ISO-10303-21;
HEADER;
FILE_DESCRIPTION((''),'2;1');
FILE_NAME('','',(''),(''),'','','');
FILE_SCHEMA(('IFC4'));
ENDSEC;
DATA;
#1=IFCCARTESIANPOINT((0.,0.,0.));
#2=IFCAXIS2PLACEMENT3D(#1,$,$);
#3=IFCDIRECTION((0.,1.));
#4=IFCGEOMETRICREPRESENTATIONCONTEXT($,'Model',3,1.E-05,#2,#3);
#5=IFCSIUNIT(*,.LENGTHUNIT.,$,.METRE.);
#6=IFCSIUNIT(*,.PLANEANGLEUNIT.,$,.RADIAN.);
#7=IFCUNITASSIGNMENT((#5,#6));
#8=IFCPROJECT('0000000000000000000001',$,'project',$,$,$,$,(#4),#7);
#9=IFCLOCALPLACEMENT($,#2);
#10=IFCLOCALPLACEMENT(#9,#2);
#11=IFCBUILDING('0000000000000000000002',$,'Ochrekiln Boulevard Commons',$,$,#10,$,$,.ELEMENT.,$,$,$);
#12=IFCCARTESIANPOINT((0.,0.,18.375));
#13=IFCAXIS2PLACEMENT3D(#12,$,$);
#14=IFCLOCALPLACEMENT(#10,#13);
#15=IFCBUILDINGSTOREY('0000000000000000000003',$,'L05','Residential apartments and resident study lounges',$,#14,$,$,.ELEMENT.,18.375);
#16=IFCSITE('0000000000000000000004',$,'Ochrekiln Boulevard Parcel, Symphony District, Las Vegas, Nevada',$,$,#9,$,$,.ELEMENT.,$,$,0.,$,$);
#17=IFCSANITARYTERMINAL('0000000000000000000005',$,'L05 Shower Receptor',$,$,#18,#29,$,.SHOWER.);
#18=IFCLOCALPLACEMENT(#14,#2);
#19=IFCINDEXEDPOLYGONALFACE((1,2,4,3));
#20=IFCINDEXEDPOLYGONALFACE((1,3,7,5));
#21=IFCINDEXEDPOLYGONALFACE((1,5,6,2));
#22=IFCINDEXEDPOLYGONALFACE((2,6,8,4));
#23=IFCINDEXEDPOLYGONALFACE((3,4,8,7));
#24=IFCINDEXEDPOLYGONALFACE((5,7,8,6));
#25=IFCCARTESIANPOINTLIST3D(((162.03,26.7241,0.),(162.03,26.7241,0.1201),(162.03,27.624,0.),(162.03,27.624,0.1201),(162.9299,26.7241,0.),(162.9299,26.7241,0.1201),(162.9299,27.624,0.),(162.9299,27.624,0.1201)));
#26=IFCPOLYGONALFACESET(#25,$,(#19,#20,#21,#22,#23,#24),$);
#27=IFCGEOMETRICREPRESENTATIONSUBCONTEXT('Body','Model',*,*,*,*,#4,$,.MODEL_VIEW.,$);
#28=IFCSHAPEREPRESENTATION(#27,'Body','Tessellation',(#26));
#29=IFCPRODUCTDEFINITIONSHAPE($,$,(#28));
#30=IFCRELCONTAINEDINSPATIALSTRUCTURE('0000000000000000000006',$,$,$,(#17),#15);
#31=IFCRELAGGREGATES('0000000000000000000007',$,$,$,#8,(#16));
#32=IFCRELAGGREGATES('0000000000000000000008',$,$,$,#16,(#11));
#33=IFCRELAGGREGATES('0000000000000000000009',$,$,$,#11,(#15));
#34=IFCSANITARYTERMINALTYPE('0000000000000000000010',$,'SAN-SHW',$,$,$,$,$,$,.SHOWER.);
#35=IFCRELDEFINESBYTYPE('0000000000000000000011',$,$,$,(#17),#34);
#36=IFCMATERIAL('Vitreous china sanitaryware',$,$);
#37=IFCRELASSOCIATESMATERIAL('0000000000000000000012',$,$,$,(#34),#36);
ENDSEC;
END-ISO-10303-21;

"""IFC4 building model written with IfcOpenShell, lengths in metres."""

from ifc_helpers import new_model, si_unit, direction, frame, origin, origin_2d, place, context, subcontext, project, spatial, rectangle, extrude, material, type_object, element, save


model = new_model("IFC4")

# Units and contexts
model_context = context("Model", 3, precision=1e-05, world=origin(), true_north=direction((0.0, 1.0)))
body_context = subcontext(model_context, "Body", "Model", "MODEL_VIEW")
ifc_project = project(units=[si_unit("LENGTHUNIT", "METRE"), si_unit("PLANEANGLEUNIT", "RADIAN")], contexts=[model_context])

# Site, building, storey
site_placement = place(None, origin())
site = spatial("IfcSite", under=ifc_project, at=site_placement, Name="Ochrekiln Boulevard Parcel, Symphony District, Las Vegas, Nevada", CompositionType="ELEMENT", RefElevation=0.0)
building_placement = place(site_placement, origin())
building = spatial("IfcBuilding", under=site, at=building_placement, Name="Ochrekiln Boulevard Commons", CompositionType="ELEMENT")
storey_placement = place(building_placement, frame((0.0, 0.0, 18.375)))
storey = spatial("IfcBuildingStorey", under=building, at=storey_placement, Name="L05", Description="Residential apartments and resident study lounges", CompositionType="ELEMENT", Elevation=18.375)

# Sanitary terminal
ifc_material_1 = material(Name="Vitreous china sanitaryware")
sanitary_terminal_type = type_object("IfcSanitaryTerminalType", Name="SAN-SHW", PredefinedType="SHOWER", material=ifc_material_1)
sanitary_terminal_placement = place(storey_placement, frame((162.48, 27.1741, 0.0), z_axis=(0.0, 0.0, 1.0), x_axis=(1.0, 0.0, 0.0)))
element("IfcSanitaryTerminal", 1, at=sanitary_terminal_placement, inside=storey, type_object=sanitary_terminal_type, Name="L05 Shower Receptor", PredefinedType="SHOWER", context=body_context, shape_type="SweptSolid", body=[
    extrude(rectangle(XDim=0.8999, YDim=0.8999, at=origin_2d()), origin(), (0.0, 0.0, 1.0), 0.1201),
])

save(model, "model.ifc")
